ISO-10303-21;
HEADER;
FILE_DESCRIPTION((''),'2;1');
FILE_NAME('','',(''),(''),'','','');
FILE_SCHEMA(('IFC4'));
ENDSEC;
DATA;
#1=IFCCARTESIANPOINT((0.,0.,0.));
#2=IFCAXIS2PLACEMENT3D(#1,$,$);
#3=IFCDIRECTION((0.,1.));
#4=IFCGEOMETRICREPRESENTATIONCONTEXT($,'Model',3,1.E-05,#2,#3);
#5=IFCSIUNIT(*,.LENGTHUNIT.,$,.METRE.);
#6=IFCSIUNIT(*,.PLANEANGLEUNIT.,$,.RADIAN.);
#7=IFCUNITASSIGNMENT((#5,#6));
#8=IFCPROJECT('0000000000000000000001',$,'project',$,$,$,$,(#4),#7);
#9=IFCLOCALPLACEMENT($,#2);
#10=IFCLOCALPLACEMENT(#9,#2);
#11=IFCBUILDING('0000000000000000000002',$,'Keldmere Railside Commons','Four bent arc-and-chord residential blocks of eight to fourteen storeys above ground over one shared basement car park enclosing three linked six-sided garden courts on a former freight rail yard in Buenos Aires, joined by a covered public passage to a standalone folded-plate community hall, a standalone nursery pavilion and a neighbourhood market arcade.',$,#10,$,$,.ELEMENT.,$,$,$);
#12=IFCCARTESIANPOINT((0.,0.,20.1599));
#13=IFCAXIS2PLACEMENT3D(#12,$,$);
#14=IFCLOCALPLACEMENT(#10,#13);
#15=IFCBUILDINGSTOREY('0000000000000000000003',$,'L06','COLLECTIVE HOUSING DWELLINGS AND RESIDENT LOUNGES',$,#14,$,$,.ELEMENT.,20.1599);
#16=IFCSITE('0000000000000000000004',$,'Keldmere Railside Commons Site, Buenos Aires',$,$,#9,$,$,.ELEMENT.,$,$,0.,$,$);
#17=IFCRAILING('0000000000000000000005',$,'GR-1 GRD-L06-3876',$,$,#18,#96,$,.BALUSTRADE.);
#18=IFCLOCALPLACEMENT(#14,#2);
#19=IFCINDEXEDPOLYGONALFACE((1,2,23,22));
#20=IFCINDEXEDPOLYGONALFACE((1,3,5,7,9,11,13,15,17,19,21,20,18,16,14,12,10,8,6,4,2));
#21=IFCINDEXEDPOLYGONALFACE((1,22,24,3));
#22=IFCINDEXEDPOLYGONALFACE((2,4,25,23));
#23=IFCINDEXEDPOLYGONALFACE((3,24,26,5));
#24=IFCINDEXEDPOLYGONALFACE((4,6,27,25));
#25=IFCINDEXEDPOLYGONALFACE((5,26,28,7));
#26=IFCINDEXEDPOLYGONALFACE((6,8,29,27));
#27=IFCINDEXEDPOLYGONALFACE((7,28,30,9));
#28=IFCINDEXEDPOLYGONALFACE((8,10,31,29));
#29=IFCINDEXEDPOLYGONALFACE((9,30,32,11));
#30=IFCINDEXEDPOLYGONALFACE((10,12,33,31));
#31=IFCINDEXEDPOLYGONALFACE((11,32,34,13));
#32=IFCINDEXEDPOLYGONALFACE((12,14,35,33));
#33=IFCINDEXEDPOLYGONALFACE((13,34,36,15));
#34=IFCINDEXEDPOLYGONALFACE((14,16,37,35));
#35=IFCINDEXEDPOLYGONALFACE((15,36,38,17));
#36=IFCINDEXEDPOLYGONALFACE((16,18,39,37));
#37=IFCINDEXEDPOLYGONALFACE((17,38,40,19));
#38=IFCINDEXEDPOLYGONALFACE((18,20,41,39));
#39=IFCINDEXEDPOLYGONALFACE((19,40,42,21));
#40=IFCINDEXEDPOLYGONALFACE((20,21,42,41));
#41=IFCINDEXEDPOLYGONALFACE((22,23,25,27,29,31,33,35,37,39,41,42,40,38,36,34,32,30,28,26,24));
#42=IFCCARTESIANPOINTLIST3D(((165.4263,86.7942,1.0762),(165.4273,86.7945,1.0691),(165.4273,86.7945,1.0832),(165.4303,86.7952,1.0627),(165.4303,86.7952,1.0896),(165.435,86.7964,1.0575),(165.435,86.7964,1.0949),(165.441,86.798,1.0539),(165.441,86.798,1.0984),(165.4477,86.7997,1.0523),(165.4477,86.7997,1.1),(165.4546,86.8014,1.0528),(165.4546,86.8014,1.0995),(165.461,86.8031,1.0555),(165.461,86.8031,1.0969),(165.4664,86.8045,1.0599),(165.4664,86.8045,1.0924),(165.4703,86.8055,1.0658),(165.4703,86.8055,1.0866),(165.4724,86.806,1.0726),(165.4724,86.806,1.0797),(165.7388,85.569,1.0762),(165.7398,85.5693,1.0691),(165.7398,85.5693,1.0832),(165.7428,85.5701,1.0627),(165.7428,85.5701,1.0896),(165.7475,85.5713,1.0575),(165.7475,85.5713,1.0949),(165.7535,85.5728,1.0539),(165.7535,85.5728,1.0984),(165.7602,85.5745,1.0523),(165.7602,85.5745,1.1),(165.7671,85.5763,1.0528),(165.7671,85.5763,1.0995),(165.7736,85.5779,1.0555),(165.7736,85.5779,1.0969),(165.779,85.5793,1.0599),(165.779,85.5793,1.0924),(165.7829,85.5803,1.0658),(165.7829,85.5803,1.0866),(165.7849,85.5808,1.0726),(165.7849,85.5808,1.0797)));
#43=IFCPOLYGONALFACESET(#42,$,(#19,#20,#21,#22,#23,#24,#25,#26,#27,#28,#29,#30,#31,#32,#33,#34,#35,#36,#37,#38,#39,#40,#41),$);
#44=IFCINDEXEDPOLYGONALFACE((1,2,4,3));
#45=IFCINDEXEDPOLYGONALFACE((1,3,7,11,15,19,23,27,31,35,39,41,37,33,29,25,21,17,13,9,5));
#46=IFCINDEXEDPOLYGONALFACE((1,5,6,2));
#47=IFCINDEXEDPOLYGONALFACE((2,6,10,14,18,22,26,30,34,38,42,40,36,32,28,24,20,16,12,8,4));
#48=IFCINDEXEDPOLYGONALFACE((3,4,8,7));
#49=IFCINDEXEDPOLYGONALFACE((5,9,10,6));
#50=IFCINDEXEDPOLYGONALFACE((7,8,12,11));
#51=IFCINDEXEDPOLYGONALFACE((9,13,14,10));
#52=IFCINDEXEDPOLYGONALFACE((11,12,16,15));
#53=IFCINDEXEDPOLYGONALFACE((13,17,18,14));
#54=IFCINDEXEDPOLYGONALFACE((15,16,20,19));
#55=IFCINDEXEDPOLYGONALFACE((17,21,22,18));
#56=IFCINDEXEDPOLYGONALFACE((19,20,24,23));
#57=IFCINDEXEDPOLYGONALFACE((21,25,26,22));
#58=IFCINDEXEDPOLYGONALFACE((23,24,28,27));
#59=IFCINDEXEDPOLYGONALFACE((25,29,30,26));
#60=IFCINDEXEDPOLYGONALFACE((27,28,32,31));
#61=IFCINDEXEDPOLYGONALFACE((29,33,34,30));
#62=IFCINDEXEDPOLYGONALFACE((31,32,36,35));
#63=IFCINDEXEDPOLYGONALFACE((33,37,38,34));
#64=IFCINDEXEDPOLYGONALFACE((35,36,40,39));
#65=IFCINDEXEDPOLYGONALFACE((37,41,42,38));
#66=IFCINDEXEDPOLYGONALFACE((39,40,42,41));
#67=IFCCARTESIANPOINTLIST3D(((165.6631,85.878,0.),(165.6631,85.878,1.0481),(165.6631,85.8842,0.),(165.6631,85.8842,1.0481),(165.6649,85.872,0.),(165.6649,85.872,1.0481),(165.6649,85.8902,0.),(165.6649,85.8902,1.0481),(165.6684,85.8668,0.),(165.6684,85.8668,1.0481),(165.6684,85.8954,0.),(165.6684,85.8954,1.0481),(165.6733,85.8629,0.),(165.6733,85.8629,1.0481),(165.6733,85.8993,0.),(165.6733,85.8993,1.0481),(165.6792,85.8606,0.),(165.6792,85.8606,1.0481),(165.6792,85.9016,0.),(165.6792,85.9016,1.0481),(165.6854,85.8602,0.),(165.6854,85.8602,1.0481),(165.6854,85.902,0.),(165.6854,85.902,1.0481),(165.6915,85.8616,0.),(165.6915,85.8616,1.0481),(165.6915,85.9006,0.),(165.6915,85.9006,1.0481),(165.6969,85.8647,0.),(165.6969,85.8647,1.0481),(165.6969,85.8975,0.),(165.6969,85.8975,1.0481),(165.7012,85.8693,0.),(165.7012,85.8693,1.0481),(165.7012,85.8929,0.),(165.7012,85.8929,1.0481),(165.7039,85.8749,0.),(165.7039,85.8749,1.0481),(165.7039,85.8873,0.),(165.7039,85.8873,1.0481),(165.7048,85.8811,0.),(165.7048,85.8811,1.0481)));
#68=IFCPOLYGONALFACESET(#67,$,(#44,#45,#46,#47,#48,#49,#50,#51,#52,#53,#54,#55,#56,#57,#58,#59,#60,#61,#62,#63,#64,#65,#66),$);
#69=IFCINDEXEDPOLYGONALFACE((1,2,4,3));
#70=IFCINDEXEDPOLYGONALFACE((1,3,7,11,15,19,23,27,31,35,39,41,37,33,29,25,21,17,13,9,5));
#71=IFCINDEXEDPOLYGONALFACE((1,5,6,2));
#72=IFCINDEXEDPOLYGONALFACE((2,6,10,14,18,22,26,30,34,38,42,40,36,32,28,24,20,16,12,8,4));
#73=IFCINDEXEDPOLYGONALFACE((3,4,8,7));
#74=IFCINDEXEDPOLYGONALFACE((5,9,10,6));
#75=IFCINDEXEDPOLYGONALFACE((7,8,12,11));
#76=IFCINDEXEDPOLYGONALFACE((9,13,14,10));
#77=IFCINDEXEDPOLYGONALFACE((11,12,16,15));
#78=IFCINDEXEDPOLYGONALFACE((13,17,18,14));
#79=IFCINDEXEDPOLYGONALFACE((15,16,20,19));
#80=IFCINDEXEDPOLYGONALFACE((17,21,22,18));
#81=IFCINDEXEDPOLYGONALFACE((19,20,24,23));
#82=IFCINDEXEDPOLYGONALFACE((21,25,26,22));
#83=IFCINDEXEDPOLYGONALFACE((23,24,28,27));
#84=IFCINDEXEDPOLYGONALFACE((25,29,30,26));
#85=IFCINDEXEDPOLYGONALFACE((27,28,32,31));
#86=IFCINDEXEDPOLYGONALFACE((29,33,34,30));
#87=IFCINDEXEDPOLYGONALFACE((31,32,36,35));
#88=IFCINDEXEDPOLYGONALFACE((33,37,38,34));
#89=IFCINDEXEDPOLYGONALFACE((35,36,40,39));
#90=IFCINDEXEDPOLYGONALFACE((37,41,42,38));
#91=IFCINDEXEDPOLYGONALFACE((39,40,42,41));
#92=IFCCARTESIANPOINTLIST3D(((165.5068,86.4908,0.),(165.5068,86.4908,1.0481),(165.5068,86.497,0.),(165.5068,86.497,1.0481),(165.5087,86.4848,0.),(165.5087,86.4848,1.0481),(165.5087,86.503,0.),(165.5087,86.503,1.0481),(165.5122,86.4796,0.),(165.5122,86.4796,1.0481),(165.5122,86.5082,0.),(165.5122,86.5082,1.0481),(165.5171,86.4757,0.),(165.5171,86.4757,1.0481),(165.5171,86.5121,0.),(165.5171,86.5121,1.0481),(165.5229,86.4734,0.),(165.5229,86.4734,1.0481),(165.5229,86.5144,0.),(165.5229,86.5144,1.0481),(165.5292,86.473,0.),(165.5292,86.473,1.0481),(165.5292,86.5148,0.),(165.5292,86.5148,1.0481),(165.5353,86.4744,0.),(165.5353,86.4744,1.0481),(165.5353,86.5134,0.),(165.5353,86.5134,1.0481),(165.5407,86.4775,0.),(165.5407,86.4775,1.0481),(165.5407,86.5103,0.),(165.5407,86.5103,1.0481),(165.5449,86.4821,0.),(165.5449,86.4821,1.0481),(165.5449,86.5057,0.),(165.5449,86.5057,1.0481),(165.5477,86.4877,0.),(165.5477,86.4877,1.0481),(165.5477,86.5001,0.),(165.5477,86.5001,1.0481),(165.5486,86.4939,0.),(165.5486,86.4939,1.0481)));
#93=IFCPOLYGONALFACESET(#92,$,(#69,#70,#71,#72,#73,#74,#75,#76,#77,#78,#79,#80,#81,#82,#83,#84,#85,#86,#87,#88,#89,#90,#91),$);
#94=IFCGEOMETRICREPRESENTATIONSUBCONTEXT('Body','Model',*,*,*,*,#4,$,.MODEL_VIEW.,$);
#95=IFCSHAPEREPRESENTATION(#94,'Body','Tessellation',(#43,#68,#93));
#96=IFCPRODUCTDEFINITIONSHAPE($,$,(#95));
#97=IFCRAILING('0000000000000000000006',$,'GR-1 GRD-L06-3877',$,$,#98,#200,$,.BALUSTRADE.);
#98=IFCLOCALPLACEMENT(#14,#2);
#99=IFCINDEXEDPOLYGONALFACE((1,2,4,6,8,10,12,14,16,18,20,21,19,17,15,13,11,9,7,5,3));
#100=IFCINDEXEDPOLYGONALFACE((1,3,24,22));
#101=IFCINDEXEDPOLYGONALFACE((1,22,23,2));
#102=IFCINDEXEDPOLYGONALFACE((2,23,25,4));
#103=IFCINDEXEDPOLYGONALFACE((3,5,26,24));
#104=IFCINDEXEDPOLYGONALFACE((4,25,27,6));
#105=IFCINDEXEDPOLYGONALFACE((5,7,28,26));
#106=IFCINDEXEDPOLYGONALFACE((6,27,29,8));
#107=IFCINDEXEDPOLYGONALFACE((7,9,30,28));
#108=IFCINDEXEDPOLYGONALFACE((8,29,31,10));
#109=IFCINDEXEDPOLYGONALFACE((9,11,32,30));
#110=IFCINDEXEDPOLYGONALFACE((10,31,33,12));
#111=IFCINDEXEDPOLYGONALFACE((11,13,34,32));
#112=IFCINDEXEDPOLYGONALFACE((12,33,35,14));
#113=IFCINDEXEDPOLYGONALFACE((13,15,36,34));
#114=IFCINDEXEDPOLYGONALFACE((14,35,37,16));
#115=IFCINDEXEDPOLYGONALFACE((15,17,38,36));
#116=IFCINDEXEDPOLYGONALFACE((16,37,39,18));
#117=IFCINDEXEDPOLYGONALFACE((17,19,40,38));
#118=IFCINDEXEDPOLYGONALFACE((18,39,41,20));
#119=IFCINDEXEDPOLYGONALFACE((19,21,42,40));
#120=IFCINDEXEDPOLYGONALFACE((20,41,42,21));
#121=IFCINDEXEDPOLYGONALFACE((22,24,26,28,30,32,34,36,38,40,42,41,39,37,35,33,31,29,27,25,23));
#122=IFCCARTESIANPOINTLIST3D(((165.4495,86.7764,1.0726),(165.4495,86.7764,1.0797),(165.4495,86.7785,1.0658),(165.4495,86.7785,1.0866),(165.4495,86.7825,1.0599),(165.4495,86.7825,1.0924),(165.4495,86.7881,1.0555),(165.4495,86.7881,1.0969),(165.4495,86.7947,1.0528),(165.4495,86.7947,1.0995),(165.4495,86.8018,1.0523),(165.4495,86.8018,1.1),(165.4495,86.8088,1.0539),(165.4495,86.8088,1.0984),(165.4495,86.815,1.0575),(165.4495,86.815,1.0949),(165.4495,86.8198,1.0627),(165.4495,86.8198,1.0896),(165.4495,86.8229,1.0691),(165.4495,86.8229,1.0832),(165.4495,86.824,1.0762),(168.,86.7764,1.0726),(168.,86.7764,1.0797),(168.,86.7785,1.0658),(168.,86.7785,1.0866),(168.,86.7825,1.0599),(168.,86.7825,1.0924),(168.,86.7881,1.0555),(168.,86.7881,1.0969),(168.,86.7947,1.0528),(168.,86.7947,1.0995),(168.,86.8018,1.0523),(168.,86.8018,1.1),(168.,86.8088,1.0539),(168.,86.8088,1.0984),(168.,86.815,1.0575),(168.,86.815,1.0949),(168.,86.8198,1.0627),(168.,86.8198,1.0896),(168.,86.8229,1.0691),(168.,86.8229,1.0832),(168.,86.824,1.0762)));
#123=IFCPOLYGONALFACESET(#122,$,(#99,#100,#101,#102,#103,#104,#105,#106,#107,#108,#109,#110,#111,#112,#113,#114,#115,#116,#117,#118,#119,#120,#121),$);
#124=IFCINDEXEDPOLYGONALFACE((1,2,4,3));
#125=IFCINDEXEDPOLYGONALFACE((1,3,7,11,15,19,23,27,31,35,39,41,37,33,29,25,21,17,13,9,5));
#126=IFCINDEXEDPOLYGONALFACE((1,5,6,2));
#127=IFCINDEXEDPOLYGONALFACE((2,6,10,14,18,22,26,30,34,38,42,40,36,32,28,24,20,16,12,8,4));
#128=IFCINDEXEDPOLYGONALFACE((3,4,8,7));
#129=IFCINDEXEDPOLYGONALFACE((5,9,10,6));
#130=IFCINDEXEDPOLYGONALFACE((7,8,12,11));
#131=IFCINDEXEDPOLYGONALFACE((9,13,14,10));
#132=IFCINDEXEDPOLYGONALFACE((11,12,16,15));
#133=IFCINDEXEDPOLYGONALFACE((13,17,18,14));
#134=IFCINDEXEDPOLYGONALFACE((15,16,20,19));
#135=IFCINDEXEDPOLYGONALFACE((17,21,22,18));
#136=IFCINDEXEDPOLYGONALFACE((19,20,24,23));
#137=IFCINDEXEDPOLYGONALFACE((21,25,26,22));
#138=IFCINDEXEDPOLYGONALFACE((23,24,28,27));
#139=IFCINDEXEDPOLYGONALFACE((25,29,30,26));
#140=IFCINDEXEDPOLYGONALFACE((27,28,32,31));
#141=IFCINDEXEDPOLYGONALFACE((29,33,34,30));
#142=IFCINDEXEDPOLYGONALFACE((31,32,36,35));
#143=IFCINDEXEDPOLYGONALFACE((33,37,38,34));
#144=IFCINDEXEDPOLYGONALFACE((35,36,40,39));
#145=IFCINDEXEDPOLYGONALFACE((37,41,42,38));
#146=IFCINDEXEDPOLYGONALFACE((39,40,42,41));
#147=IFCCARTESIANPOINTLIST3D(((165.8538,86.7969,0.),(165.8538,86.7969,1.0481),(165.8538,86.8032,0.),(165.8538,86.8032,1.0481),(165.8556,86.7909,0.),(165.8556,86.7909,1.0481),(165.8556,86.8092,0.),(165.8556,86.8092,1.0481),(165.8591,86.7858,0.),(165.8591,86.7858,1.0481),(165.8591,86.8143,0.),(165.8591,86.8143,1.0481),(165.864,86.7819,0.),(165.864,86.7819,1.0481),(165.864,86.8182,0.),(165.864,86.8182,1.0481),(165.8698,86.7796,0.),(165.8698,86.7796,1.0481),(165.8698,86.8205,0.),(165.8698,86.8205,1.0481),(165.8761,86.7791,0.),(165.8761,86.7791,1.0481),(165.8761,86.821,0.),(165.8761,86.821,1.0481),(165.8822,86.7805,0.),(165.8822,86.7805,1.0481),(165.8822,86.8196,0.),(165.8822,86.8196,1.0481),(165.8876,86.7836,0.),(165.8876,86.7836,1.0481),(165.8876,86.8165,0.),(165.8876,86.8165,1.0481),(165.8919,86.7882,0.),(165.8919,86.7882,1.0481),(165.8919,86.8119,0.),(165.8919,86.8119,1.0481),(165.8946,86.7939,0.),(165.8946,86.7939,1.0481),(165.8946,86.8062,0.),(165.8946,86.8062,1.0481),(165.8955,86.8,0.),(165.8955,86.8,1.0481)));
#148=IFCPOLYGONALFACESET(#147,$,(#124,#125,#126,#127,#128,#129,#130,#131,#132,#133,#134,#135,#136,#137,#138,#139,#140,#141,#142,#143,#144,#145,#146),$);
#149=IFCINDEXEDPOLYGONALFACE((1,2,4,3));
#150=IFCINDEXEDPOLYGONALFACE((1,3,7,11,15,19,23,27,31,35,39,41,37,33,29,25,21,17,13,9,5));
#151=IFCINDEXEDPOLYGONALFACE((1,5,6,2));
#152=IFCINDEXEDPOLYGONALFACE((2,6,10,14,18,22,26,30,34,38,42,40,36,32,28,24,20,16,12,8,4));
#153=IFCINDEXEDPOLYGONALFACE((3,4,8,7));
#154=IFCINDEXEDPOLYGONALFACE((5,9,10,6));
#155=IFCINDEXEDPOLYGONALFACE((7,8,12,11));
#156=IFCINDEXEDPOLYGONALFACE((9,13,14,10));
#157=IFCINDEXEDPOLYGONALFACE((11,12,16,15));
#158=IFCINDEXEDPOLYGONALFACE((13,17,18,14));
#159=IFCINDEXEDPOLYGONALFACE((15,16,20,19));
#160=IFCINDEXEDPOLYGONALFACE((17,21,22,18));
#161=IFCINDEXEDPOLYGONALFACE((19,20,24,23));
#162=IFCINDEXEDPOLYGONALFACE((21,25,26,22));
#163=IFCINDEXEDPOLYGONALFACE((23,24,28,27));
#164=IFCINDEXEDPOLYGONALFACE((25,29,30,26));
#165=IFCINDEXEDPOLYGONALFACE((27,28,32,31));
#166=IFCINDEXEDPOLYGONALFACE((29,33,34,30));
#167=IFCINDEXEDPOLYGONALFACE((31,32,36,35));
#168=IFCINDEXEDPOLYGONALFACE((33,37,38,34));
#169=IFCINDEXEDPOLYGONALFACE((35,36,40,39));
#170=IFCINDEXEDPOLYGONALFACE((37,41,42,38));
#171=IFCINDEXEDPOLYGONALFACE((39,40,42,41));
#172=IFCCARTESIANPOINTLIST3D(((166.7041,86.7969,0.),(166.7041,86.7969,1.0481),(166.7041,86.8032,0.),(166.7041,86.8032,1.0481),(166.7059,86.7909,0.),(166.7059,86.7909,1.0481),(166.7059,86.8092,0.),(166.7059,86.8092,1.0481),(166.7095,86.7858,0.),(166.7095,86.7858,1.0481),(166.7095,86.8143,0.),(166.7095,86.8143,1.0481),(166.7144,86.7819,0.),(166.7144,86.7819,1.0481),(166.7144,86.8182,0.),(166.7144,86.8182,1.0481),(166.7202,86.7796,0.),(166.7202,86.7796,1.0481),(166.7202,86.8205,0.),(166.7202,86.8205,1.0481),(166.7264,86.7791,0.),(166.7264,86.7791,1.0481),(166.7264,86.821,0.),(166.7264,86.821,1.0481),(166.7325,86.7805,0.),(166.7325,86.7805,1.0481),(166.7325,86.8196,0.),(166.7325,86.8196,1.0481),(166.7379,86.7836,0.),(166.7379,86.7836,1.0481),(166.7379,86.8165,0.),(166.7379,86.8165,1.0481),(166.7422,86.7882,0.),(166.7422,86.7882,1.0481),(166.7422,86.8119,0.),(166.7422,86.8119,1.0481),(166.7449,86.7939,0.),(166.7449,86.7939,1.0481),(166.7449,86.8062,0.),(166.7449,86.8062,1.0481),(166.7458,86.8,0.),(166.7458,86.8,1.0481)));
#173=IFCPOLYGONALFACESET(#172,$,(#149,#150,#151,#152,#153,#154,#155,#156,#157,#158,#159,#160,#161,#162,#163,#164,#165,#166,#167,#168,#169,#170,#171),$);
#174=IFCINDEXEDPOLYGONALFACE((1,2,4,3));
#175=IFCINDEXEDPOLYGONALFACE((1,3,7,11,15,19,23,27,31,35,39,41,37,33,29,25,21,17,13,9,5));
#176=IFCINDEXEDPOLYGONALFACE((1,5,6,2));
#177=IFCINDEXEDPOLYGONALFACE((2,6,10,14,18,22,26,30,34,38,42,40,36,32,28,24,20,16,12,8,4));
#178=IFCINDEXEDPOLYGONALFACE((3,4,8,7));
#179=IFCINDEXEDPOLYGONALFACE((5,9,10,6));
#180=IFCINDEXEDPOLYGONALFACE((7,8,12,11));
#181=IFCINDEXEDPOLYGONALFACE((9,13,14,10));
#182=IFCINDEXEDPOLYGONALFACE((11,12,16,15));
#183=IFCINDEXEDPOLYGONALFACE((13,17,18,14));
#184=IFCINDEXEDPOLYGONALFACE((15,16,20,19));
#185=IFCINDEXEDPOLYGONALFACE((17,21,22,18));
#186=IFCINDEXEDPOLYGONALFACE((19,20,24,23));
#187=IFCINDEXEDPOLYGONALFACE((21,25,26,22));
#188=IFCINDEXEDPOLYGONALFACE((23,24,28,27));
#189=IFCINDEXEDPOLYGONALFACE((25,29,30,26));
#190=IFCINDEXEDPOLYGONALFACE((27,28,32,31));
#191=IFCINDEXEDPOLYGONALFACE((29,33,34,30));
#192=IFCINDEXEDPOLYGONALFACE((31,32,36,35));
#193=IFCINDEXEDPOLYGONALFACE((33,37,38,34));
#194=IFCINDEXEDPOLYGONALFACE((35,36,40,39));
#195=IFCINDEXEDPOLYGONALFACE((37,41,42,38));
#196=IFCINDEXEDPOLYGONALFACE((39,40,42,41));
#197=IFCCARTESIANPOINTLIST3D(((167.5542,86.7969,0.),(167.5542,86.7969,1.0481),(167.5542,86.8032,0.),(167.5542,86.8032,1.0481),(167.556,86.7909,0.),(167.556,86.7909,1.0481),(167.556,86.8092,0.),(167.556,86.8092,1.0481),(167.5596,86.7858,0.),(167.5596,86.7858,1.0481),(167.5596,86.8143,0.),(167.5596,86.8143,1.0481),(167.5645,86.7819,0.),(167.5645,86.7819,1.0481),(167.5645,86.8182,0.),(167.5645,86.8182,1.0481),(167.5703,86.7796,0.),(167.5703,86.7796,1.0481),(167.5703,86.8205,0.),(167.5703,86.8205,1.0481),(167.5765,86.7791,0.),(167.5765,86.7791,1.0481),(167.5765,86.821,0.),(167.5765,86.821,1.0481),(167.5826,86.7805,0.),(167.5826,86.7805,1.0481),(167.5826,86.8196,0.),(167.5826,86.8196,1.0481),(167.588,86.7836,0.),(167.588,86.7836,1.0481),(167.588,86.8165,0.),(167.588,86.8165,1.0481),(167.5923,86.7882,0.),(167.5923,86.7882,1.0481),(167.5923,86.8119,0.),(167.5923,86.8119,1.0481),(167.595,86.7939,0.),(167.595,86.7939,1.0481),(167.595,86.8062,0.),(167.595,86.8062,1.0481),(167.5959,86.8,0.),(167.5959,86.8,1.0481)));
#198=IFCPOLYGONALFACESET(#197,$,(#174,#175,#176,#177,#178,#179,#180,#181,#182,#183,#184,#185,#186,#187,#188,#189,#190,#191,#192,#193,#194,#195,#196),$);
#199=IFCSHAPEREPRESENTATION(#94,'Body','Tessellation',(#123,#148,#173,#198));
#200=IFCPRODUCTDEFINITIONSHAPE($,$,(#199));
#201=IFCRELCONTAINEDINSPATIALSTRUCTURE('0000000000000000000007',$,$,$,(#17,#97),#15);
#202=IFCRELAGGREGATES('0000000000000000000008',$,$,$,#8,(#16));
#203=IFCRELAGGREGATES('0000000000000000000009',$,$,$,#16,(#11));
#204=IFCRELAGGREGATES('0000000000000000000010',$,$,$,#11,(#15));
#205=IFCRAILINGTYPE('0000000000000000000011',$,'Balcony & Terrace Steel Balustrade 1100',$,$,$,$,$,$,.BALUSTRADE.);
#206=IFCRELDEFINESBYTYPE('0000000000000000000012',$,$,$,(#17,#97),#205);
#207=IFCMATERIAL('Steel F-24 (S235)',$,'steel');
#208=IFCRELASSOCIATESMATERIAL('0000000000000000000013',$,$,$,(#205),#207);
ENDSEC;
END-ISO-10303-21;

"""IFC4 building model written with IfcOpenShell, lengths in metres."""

from ifc_helpers import new_model, si_unit, direction, frame, origin, origin_2d, place, context, subcontext, project, spatial, circle, extrude, material, type_object, element, save


model = new_model("IFC4")

# Units and contexts
model_context = context("Model", 3, precision=1e-05, world=origin(), true_north=direction((0.0, 1.0)))
body_context = subcontext(model_context, "Body", "Model", "MODEL_VIEW")
ifc_project = project(units=[si_unit("LENGTHUNIT", "METRE"), si_unit("PLANEANGLEUNIT", "RADIAN")], contexts=[model_context])

# Site, building, storey
site_placement = place(None, origin())
site = spatial("IfcSite", under=ifc_project, at=site_placement, Name="Keldmere Railside Commons Site, Buenos Aires", CompositionType="ELEMENT", RefElevation=0.0)
building_placement = place(site_placement, origin())
building = spatial("IfcBuilding", under=site, at=building_placement, Name="Keldmere Railside Commons", Description="Four bent arc-and-chord residential blocks of eight to fourteen storeys above ground over one shared basement car park enclosing three linked six-sided garden courts on a former freight rail yard in Buenos Aires, joined by a covered public passage to a standalone folded-plate community hall, a standalone nursery pavilion and a neighbourhood market arcade.", CompositionType="ELEMENT")
storey_placement = place(building_placement, frame((0.0, 0.0, 20.1599)))
storey = spatial("IfcBuildingStorey", under=building, at=storey_placement, Name="L06", Description="COLLECTIVE HOUSING DWELLINGS AND RESIDENT LOUNGES", CompositionType="ELEMENT", Elevation=20.1599)

# Railings
ifc_material_1 = material(Name="Steel F-24 (S235)", Category="steel")
railing_type = type_object("IfcRailingType", Name="Balcony & Terrace Steel Balustrade 1100", PredefinedType="BALUSTRADE", material=ifc_material_1)
railing_1_placement = place(storey_placement, frame((165.762, 85.575, 0.0)))
element("IfcRailing", 1, at=railing_1_placement, inside=storey, type_object=railing_type, Name="GR-1 GRD-L06-3876", PredefinedType="BALUSTRADE", context=body_context, shape_type="SweptSolid", body=[
    extrude(circle(Radius=0.0239, at=origin_2d()), frame((0.0, 0.0, 1.0762), z_axis=(-0.247167, 0.968973, 0.0), x_axis=(-0.968973, -0.247167, 0.0)), (0.0, 0.0, 1.0), 1.2644),
    extrude(circle(Radius=0.021, at=origin_2d()), frame((-0.0781, 0.3062, 0.0)), (0.0, 0.0, 1.0), 1.0481),
    extrude(circle(Radius=0.021, at=origin_2d()), frame((-0.2344, 0.9189, 0.0)), (0.0, 0.0, 1.0), 1.0481),
])
railing_2_placement = place(storey_placement, frame((165.4495, 86.8, 0.0)))
element("IfcRailing", 2, at=railing_2_placement, inside=storey, type_object=railing_type, Name="GR-1 GRD-L06-3877", PredefinedType="BALUSTRADE", context=body_context, shape_type="SweptSolid", body=[
    extrude(circle(Radius=0.0239, at=origin_2d()), frame((0.0, 0.0, 1.0762), z_axis=(1.0, 0.0, 0.0), x_axis=(0.0, 1.0, 0.0)), (0.0, 0.0, 1.0), 2.5505),
    extrude(circle(Radius=0.021, at=origin_2d()), frame((0.425, 0.0, 0.0)), (0.0, 0.0, 1.0), 1.0481),
    extrude(circle(Radius=0.021, at=origin_2d()), frame((1.2754, 0.0, 0.0)), (0.0, 0.0, 1.0), 1.0481),
    extrude(circle(Radius=0.021, at=origin_2d()), frame((2.1255, 0.0, 0.0)), (0.0, 0.0, 1.0), 1.0481),
])

save(model, "model.ifc")
